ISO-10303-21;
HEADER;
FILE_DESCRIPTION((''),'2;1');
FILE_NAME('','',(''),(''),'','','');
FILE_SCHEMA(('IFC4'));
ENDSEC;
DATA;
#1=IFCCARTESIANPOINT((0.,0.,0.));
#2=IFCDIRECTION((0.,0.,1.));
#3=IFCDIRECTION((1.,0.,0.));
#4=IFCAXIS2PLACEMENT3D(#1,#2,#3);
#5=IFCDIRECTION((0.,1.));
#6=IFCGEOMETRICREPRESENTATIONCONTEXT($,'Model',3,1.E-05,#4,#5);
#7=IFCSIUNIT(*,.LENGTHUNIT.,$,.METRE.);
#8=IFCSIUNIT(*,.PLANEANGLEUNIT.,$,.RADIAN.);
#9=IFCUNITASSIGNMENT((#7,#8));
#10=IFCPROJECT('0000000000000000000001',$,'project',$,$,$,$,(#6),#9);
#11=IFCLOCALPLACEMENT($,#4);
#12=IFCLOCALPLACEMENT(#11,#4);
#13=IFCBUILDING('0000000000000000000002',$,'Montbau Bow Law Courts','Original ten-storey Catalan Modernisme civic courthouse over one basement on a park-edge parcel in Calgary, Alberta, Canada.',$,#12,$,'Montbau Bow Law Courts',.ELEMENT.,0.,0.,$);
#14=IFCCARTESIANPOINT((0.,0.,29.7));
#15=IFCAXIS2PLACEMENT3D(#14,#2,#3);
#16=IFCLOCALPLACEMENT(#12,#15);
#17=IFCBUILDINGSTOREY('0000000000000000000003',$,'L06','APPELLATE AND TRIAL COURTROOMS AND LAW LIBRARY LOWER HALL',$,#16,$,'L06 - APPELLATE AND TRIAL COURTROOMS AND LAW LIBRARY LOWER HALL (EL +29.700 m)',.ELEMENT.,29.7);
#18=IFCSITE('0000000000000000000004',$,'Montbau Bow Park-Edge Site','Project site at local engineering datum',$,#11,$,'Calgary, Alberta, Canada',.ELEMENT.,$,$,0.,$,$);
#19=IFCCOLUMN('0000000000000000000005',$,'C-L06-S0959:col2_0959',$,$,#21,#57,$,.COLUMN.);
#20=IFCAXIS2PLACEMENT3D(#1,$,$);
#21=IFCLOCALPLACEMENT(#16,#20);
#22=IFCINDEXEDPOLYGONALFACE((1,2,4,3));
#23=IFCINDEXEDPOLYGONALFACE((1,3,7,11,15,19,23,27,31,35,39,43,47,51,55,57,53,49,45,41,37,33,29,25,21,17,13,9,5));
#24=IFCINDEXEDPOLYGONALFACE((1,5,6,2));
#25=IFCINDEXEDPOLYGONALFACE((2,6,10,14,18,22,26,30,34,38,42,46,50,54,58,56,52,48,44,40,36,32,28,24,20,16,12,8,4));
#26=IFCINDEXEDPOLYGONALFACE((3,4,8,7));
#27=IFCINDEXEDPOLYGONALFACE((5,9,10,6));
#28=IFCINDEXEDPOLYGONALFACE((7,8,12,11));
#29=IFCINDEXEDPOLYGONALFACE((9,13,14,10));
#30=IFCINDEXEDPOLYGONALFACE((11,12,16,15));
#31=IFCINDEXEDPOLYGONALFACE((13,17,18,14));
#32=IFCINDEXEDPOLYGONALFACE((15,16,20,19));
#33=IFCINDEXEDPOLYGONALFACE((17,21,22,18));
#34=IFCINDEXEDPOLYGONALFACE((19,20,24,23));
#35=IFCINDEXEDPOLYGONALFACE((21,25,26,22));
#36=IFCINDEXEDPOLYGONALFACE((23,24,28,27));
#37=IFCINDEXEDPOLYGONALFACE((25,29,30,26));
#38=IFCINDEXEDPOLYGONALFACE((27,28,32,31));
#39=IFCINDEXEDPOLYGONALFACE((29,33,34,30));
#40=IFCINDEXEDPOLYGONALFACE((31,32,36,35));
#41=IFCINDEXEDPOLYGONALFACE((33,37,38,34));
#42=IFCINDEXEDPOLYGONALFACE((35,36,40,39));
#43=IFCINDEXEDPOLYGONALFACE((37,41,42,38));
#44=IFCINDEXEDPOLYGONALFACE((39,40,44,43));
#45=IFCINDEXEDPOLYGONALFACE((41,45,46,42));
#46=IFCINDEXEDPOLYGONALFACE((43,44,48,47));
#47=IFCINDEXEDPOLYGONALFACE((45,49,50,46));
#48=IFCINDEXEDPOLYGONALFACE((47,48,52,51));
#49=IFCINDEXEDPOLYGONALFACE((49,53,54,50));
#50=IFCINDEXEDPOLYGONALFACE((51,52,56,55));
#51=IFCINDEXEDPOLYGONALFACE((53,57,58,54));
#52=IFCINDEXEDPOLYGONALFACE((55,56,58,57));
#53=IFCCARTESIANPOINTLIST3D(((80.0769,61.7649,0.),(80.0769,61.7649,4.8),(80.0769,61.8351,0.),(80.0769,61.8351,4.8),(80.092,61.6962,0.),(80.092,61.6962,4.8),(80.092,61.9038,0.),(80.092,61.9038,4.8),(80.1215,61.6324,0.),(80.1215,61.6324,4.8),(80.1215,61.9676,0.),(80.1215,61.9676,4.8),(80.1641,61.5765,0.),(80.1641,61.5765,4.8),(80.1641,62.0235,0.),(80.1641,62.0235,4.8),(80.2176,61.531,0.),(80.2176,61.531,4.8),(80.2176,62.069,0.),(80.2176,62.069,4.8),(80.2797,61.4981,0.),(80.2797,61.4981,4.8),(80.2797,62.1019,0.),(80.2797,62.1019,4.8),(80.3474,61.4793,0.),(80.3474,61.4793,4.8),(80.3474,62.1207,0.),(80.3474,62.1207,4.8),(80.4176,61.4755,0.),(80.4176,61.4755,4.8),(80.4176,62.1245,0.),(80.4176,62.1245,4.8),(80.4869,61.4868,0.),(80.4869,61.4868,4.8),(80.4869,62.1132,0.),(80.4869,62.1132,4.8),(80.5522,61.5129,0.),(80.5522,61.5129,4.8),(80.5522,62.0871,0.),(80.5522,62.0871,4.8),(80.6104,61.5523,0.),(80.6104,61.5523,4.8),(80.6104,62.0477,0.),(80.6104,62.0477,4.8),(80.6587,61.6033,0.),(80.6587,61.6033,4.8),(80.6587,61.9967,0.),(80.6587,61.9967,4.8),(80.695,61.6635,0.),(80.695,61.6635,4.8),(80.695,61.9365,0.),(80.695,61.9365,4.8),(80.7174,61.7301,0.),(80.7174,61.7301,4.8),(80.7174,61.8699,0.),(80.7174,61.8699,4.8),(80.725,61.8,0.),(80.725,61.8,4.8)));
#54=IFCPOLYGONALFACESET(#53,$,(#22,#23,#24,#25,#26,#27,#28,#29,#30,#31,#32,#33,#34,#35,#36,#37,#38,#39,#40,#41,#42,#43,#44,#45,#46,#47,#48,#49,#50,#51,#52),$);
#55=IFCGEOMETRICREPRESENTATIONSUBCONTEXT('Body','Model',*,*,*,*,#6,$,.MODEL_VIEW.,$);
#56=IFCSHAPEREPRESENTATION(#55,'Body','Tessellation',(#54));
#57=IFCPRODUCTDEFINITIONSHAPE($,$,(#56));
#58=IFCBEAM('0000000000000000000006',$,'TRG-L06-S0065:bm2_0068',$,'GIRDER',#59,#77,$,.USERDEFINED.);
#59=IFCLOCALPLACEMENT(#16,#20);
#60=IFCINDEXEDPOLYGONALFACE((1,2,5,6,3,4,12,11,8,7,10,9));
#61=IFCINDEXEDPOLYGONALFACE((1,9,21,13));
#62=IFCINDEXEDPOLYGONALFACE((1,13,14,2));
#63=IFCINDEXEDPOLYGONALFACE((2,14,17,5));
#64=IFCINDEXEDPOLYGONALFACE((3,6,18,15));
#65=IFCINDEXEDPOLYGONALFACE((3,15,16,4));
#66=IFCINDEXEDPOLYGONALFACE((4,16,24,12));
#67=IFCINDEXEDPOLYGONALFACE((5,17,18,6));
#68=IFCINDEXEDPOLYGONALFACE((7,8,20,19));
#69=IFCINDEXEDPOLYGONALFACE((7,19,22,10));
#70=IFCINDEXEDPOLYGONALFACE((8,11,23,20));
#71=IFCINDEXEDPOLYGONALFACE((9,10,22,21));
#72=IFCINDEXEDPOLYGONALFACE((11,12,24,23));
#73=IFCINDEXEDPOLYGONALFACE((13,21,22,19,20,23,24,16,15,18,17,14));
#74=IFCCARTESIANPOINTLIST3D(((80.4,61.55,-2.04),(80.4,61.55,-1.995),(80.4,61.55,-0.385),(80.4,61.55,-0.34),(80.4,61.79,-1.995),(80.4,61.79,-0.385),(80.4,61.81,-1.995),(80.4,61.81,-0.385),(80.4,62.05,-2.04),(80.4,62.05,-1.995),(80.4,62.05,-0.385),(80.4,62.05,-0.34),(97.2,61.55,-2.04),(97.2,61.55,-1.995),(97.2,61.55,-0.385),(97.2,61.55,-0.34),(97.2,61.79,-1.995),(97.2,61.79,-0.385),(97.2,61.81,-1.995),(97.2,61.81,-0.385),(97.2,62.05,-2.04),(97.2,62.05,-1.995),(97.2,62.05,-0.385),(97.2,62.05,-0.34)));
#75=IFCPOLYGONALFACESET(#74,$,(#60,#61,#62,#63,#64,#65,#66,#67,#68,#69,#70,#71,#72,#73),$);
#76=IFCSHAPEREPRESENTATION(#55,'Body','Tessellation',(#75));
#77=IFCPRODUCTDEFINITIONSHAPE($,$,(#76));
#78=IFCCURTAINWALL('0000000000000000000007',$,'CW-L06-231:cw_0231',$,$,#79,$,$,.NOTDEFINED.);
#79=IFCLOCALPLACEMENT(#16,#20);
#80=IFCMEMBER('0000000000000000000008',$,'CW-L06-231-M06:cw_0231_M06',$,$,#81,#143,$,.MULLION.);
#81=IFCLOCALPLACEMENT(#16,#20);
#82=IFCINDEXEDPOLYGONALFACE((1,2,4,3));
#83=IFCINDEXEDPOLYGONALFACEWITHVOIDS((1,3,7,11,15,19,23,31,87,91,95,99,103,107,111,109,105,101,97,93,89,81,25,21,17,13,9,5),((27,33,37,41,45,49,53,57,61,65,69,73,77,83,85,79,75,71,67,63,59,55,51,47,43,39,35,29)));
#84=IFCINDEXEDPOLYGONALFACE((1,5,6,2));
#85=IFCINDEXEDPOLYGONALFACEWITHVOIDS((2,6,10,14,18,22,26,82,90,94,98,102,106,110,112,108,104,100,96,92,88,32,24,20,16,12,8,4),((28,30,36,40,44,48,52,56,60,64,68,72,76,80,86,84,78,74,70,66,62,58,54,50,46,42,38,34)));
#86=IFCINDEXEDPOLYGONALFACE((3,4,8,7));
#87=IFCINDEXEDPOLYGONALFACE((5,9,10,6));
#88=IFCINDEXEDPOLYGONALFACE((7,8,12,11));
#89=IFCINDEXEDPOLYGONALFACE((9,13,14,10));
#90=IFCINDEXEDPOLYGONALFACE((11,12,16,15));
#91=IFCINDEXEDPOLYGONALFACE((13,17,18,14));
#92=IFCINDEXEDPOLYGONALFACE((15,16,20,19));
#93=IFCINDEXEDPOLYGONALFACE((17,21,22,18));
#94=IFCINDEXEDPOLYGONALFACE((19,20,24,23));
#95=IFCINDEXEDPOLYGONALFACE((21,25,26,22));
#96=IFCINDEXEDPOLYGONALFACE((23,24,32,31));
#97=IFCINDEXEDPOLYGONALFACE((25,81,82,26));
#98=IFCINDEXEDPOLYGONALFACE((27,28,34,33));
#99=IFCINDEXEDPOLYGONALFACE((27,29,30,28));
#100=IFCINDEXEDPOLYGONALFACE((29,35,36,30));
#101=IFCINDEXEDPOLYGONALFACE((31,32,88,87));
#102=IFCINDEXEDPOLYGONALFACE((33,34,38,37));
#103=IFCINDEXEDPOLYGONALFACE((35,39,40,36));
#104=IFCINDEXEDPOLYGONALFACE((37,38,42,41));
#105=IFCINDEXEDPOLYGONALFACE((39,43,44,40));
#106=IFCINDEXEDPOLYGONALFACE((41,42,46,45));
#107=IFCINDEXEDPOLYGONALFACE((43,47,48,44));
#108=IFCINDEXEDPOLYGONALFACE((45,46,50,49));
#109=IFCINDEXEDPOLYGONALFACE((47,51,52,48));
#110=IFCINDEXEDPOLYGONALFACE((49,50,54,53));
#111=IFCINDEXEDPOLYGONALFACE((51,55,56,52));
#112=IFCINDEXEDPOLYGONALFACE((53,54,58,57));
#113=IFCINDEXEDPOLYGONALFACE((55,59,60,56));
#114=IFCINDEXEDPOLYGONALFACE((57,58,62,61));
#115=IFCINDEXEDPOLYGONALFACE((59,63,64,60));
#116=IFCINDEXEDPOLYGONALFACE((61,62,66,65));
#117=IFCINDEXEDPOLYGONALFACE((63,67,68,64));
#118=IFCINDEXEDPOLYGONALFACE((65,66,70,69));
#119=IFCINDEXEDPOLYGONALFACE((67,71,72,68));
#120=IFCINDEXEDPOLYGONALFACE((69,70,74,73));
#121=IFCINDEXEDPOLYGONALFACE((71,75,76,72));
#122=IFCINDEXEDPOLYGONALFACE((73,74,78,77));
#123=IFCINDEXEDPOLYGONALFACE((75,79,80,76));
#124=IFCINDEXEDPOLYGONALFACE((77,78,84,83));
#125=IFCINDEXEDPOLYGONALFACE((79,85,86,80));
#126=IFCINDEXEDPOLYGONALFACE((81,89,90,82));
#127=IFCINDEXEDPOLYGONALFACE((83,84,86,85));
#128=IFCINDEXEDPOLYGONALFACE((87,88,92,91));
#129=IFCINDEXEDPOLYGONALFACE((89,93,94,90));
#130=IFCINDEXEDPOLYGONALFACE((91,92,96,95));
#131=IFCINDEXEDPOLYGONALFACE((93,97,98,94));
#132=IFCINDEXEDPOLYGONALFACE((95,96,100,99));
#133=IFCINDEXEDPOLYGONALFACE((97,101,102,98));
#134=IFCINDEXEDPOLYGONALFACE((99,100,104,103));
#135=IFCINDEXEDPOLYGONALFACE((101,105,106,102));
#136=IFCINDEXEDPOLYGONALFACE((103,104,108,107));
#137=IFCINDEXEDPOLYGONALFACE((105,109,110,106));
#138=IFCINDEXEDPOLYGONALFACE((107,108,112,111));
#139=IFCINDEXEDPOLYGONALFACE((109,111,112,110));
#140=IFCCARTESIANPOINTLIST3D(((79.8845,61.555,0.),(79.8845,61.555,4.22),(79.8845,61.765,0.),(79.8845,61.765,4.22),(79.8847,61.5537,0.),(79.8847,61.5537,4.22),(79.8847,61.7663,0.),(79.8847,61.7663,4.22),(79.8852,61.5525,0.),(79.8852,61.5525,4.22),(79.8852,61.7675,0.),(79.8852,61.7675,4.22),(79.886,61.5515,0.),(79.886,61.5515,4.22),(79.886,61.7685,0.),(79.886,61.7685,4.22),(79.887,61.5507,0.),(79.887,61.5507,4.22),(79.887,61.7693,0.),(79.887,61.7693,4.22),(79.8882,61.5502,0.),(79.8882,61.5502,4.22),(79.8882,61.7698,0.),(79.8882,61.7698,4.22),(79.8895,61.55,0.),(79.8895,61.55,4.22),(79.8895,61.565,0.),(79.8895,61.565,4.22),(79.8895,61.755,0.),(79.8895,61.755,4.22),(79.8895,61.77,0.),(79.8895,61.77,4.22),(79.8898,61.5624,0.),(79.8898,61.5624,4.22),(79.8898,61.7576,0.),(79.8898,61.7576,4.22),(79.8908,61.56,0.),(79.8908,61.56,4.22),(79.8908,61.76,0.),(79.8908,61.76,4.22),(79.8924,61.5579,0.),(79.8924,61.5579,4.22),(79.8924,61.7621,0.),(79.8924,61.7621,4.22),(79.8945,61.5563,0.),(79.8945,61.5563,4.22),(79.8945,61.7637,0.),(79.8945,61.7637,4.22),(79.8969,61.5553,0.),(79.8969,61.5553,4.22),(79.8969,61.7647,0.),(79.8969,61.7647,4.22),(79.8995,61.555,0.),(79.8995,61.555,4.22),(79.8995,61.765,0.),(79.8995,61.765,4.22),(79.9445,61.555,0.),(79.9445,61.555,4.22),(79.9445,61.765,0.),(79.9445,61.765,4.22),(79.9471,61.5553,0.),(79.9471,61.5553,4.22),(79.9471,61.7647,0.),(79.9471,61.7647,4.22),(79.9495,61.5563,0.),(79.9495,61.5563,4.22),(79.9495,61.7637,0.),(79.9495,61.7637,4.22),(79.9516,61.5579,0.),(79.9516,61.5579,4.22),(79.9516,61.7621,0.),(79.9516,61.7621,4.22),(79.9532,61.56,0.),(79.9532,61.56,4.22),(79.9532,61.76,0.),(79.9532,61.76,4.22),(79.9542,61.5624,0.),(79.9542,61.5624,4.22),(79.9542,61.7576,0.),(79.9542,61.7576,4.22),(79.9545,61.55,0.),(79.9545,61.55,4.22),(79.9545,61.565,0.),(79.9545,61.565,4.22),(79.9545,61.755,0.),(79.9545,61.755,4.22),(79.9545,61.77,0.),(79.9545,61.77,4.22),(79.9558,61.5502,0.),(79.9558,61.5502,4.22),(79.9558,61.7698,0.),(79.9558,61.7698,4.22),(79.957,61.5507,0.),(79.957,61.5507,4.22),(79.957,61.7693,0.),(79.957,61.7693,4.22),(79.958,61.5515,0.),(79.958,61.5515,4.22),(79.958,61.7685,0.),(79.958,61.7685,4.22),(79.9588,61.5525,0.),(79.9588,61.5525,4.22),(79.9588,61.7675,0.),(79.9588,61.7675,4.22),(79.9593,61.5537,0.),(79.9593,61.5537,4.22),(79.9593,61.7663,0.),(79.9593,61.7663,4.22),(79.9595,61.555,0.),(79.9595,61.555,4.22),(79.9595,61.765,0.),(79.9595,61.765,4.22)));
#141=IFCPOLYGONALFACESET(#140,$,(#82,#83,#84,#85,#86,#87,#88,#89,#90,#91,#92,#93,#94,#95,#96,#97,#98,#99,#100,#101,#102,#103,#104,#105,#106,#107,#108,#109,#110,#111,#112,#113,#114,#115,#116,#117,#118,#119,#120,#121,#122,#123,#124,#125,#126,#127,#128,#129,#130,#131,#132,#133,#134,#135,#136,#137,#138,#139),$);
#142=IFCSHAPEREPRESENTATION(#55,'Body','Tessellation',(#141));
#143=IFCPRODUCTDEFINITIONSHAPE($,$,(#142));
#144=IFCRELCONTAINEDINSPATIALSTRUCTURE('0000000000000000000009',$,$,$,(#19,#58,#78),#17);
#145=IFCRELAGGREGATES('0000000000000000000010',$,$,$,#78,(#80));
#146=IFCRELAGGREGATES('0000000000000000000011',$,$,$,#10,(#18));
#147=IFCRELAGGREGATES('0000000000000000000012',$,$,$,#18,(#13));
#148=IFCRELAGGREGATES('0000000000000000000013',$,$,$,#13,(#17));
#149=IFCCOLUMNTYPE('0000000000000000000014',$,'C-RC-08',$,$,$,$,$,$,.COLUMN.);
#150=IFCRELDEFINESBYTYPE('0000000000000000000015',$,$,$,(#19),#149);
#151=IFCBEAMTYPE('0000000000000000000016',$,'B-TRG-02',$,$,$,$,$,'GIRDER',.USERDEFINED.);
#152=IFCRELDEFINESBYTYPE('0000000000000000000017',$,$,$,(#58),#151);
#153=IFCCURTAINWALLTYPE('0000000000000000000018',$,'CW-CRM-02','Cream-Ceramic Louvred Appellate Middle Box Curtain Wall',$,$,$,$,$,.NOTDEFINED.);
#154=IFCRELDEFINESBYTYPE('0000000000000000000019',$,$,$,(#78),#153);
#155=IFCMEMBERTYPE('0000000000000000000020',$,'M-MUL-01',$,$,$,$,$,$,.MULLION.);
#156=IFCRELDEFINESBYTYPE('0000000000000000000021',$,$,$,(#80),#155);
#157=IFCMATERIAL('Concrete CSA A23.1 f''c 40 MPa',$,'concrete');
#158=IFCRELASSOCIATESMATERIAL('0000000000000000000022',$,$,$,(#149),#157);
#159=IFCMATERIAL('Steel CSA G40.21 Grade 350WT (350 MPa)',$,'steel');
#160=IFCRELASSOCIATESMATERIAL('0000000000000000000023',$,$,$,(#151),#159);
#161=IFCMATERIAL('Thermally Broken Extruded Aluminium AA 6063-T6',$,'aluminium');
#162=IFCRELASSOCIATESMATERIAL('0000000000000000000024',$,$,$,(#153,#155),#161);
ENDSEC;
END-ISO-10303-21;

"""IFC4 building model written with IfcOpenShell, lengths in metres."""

from ifc_helpers import new_model, si_unit, direction, frame, origin_with_axes, origin_2d_with_axis, place, context, subcontext, project, spatial, hollow_rectangle, circle, i_section, extrude, material, material_profile, profile_set, type_object, element, aggregate, save


model = new_model("IFC4")

# Units and contexts
model_context = context("Model", 3, precision=1e-05, world=origin_with_axes(), true_north=direction((0.0, 1.0)))
body_context = subcontext(model_context, "Body", "Model", "MODEL_VIEW")
ifc_project = project(units=[si_unit("LENGTHUNIT", "METRE"), si_unit("PLANEANGLEUNIT", "RADIAN")], contexts=[model_context])

# Site, building, storey
site_placement = place(None, origin_with_axes())
site = spatial("IfcSite", under=ifc_project, at=site_placement, Name="Montbau Bow Park-Edge Site", Description="Project site at local engineering datum", LongName="Calgary, Alberta, Canada", CompositionType="ELEMENT", RefElevation=0.0)
building_placement = place(site_placement, origin_with_axes())
building = spatial("IfcBuilding", under=site, at=building_placement, Name="Montbau Bow Law Courts", Description="Original ten-storey Catalan Modernisme civic courthouse over one basement on a park-edge parcel in Calgary, Alberta, Canada.", LongName="Montbau Bow Law Courts", CompositionType="ELEMENT", ElevationOfRefHeight=0.0, ElevationOfTerrain=0.0)
storey_placement = place(building_placement, frame((0.0, 0.0, 29.7), z_axis=(0.0, 0.0, 1.0), x_axis=(1.0, 0.0, 0.0)))
storey = spatial("IfcBuildingStorey", under=building, at=storey_placement, Name="L06", Description="APPELLATE AND TRIAL COURTROOMS AND LAW LIBRARY LOWER HALL", LongName="L06 - APPELLATE AND TRIAL COURTROOMS AND LAW LIBRARY LOWER HALL (EL +29.700 m)", CompositionType="ELEMENT", Elevation=29.7)

# Column
ifc_material_1 = material(Name="Concrete CSA A23.1 f'c 40 MPa", Category="concrete")
ifc_material_profile_1 = material_profile(ifc_material_1, circle(Radius=0.325, at=origin_2d_with_axis()), Name="RC650D", Category="Main", Priority=0)
ifc_profile_set_1 = profile_set([ifc_material_profile_1], Name="Concrete CSA A23.1 f'c 40 MPa")
column_type = type_object("IfcColumnType", Name="C-RC-08", PredefinedType="COLUMN", material=ifc_profile_set_1)
column_placement = place(None, frame((80.4, 61.8, 29.7), z_axis=(0.0, 0.0, 1.0), x_axis=(1.0, 0.0, 0.0)))
element("IfcColumn", 1, at=column_placement, inside=storey, type_object=column_type, Name="C-L06-S0959:col2_0959", PredefinedType="COLUMN", context=body_context, shape_type="SweptSolid", body=[
    extrude(circle(Radius=0.325, at=origin_2d_with_axis()), origin_with_axes(), (0.0, 0.0, 1.0), 4.8),
])

# Beam
ifc_material_2 = material(Name="Steel CSA G40.21 Grade 350WT (350 MPa)", Category="steel")
ifc_material_profile_2 = material_profile(ifc_material_2, i_section(OverallWidth=0.5, OverallDepth=1.7, WebThickness=0.02, FlangeThickness=0.045, at=origin_2d_with_axis()), Name="WWF1700X480", Category="Main", Priority=0)
ifc_profile_set_2 = profile_set([ifc_material_profile_2], Name="Steel CSA G40.21 Grade 350WT (350 MPa)")
beam_type = type_object("IfcBeamType", Name="B-TRG-02", ElementType="GIRDER", PredefinedType="USERDEFINED", material=ifc_profile_set_2)
beam_placement = place(None, frame((80.4, 61.8, 28.51), z_axis=(1.0, 0.0, 0.0), x_axis=(0.0, 1.0, 0.0)))
element("IfcBeam", 2, at=beam_placement, inside=storey, type_object=beam_type, Name="TRG-L06-S0065:bm2_0068", ObjectType="GIRDER", PredefinedType="USERDEFINED", context=body_context, shape_type="SweptSolid", body=[
    extrude(i_section(OverallWidth=0.5, OverallDepth=1.7, WebThickness=0.02, FlangeThickness=0.045, at=origin_2d_with_axis()), origin_with_axes(), (0.0, 0.0, 1.0), 16.8),
])

# Curtain wall, member
ifc_material_3 = material(Name="Thermally Broken Extruded Aluminium AA 6063-T6", Category="aluminium")
curtain_wall_type = type_object("IfcCurtainWallType", Name="CW-CRM-02", Description="Cream-Ceramic Louvred Appellate Middle Box Curtain Wall", PredefinedType="NOTDEFINED", material=ifc_material_3)
curtain_wall_1_placement = place(None, frame((72.44, 61.66, 29.7), z_axis=(0.0, 0.0, 1.0), x_axis=(1.0, 0.0, 0.0)))
curtain_wall_1 = element("IfcCurtainWall", 3, at=curtain_wall_1_placement, inside=storey, type_object=curtain_wall_type, Name="CW-L06-231:cw_0231", PredefinedType="NOTDEFINED")
ifc_material_profile_3 = material_profile(ifc_material_3, hollow_rectangle(XDim=0.075, YDim=0.22, WallThickness=0.005, InnerFilletRadius=0.01, OuterFilletRadius=0.005, at=origin_2d_with_axis()), Name="CWM-220X75", Category="Main", Priority=0)
ifc_profile_set_3 = profile_set([ifc_material_profile_3], Name="Thermally Broken Extruded Aluminium AA 6063-T6")
member_type_1 = type_object("IfcMemberType", Name="M-MUL-01", PredefinedType="MULLION", material=ifc_profile_set_3)
member_1_placement = place(None, frame((79.922, 61.66, 29.7), z_axis=(0.0, 0.0, 1.0), x_axis=(1.0, 0.0, 0.0)))
member_1 = element("IfcMember", 4, at=member_1_placement, type_object=member_type_1, Name="CW-L06-231-M06:cw_0231_M06", PredefinedType="MULLION", context=body_context, shape_type="SweptSolid", body=[
    extrude(hollow_rectangle(XDim=0.075, YDim=0.22, WallThickness=0.005, InnerFilletRadius=0.01, OuterFilletRadius=0.005, at=origin_2d_with_axis()), origin_with_axes(), (0.0, 0.0, 1.0), 4.22),
])

aggregate(curtain_wall_1, [member_1])

save(model, "model.ifc")
